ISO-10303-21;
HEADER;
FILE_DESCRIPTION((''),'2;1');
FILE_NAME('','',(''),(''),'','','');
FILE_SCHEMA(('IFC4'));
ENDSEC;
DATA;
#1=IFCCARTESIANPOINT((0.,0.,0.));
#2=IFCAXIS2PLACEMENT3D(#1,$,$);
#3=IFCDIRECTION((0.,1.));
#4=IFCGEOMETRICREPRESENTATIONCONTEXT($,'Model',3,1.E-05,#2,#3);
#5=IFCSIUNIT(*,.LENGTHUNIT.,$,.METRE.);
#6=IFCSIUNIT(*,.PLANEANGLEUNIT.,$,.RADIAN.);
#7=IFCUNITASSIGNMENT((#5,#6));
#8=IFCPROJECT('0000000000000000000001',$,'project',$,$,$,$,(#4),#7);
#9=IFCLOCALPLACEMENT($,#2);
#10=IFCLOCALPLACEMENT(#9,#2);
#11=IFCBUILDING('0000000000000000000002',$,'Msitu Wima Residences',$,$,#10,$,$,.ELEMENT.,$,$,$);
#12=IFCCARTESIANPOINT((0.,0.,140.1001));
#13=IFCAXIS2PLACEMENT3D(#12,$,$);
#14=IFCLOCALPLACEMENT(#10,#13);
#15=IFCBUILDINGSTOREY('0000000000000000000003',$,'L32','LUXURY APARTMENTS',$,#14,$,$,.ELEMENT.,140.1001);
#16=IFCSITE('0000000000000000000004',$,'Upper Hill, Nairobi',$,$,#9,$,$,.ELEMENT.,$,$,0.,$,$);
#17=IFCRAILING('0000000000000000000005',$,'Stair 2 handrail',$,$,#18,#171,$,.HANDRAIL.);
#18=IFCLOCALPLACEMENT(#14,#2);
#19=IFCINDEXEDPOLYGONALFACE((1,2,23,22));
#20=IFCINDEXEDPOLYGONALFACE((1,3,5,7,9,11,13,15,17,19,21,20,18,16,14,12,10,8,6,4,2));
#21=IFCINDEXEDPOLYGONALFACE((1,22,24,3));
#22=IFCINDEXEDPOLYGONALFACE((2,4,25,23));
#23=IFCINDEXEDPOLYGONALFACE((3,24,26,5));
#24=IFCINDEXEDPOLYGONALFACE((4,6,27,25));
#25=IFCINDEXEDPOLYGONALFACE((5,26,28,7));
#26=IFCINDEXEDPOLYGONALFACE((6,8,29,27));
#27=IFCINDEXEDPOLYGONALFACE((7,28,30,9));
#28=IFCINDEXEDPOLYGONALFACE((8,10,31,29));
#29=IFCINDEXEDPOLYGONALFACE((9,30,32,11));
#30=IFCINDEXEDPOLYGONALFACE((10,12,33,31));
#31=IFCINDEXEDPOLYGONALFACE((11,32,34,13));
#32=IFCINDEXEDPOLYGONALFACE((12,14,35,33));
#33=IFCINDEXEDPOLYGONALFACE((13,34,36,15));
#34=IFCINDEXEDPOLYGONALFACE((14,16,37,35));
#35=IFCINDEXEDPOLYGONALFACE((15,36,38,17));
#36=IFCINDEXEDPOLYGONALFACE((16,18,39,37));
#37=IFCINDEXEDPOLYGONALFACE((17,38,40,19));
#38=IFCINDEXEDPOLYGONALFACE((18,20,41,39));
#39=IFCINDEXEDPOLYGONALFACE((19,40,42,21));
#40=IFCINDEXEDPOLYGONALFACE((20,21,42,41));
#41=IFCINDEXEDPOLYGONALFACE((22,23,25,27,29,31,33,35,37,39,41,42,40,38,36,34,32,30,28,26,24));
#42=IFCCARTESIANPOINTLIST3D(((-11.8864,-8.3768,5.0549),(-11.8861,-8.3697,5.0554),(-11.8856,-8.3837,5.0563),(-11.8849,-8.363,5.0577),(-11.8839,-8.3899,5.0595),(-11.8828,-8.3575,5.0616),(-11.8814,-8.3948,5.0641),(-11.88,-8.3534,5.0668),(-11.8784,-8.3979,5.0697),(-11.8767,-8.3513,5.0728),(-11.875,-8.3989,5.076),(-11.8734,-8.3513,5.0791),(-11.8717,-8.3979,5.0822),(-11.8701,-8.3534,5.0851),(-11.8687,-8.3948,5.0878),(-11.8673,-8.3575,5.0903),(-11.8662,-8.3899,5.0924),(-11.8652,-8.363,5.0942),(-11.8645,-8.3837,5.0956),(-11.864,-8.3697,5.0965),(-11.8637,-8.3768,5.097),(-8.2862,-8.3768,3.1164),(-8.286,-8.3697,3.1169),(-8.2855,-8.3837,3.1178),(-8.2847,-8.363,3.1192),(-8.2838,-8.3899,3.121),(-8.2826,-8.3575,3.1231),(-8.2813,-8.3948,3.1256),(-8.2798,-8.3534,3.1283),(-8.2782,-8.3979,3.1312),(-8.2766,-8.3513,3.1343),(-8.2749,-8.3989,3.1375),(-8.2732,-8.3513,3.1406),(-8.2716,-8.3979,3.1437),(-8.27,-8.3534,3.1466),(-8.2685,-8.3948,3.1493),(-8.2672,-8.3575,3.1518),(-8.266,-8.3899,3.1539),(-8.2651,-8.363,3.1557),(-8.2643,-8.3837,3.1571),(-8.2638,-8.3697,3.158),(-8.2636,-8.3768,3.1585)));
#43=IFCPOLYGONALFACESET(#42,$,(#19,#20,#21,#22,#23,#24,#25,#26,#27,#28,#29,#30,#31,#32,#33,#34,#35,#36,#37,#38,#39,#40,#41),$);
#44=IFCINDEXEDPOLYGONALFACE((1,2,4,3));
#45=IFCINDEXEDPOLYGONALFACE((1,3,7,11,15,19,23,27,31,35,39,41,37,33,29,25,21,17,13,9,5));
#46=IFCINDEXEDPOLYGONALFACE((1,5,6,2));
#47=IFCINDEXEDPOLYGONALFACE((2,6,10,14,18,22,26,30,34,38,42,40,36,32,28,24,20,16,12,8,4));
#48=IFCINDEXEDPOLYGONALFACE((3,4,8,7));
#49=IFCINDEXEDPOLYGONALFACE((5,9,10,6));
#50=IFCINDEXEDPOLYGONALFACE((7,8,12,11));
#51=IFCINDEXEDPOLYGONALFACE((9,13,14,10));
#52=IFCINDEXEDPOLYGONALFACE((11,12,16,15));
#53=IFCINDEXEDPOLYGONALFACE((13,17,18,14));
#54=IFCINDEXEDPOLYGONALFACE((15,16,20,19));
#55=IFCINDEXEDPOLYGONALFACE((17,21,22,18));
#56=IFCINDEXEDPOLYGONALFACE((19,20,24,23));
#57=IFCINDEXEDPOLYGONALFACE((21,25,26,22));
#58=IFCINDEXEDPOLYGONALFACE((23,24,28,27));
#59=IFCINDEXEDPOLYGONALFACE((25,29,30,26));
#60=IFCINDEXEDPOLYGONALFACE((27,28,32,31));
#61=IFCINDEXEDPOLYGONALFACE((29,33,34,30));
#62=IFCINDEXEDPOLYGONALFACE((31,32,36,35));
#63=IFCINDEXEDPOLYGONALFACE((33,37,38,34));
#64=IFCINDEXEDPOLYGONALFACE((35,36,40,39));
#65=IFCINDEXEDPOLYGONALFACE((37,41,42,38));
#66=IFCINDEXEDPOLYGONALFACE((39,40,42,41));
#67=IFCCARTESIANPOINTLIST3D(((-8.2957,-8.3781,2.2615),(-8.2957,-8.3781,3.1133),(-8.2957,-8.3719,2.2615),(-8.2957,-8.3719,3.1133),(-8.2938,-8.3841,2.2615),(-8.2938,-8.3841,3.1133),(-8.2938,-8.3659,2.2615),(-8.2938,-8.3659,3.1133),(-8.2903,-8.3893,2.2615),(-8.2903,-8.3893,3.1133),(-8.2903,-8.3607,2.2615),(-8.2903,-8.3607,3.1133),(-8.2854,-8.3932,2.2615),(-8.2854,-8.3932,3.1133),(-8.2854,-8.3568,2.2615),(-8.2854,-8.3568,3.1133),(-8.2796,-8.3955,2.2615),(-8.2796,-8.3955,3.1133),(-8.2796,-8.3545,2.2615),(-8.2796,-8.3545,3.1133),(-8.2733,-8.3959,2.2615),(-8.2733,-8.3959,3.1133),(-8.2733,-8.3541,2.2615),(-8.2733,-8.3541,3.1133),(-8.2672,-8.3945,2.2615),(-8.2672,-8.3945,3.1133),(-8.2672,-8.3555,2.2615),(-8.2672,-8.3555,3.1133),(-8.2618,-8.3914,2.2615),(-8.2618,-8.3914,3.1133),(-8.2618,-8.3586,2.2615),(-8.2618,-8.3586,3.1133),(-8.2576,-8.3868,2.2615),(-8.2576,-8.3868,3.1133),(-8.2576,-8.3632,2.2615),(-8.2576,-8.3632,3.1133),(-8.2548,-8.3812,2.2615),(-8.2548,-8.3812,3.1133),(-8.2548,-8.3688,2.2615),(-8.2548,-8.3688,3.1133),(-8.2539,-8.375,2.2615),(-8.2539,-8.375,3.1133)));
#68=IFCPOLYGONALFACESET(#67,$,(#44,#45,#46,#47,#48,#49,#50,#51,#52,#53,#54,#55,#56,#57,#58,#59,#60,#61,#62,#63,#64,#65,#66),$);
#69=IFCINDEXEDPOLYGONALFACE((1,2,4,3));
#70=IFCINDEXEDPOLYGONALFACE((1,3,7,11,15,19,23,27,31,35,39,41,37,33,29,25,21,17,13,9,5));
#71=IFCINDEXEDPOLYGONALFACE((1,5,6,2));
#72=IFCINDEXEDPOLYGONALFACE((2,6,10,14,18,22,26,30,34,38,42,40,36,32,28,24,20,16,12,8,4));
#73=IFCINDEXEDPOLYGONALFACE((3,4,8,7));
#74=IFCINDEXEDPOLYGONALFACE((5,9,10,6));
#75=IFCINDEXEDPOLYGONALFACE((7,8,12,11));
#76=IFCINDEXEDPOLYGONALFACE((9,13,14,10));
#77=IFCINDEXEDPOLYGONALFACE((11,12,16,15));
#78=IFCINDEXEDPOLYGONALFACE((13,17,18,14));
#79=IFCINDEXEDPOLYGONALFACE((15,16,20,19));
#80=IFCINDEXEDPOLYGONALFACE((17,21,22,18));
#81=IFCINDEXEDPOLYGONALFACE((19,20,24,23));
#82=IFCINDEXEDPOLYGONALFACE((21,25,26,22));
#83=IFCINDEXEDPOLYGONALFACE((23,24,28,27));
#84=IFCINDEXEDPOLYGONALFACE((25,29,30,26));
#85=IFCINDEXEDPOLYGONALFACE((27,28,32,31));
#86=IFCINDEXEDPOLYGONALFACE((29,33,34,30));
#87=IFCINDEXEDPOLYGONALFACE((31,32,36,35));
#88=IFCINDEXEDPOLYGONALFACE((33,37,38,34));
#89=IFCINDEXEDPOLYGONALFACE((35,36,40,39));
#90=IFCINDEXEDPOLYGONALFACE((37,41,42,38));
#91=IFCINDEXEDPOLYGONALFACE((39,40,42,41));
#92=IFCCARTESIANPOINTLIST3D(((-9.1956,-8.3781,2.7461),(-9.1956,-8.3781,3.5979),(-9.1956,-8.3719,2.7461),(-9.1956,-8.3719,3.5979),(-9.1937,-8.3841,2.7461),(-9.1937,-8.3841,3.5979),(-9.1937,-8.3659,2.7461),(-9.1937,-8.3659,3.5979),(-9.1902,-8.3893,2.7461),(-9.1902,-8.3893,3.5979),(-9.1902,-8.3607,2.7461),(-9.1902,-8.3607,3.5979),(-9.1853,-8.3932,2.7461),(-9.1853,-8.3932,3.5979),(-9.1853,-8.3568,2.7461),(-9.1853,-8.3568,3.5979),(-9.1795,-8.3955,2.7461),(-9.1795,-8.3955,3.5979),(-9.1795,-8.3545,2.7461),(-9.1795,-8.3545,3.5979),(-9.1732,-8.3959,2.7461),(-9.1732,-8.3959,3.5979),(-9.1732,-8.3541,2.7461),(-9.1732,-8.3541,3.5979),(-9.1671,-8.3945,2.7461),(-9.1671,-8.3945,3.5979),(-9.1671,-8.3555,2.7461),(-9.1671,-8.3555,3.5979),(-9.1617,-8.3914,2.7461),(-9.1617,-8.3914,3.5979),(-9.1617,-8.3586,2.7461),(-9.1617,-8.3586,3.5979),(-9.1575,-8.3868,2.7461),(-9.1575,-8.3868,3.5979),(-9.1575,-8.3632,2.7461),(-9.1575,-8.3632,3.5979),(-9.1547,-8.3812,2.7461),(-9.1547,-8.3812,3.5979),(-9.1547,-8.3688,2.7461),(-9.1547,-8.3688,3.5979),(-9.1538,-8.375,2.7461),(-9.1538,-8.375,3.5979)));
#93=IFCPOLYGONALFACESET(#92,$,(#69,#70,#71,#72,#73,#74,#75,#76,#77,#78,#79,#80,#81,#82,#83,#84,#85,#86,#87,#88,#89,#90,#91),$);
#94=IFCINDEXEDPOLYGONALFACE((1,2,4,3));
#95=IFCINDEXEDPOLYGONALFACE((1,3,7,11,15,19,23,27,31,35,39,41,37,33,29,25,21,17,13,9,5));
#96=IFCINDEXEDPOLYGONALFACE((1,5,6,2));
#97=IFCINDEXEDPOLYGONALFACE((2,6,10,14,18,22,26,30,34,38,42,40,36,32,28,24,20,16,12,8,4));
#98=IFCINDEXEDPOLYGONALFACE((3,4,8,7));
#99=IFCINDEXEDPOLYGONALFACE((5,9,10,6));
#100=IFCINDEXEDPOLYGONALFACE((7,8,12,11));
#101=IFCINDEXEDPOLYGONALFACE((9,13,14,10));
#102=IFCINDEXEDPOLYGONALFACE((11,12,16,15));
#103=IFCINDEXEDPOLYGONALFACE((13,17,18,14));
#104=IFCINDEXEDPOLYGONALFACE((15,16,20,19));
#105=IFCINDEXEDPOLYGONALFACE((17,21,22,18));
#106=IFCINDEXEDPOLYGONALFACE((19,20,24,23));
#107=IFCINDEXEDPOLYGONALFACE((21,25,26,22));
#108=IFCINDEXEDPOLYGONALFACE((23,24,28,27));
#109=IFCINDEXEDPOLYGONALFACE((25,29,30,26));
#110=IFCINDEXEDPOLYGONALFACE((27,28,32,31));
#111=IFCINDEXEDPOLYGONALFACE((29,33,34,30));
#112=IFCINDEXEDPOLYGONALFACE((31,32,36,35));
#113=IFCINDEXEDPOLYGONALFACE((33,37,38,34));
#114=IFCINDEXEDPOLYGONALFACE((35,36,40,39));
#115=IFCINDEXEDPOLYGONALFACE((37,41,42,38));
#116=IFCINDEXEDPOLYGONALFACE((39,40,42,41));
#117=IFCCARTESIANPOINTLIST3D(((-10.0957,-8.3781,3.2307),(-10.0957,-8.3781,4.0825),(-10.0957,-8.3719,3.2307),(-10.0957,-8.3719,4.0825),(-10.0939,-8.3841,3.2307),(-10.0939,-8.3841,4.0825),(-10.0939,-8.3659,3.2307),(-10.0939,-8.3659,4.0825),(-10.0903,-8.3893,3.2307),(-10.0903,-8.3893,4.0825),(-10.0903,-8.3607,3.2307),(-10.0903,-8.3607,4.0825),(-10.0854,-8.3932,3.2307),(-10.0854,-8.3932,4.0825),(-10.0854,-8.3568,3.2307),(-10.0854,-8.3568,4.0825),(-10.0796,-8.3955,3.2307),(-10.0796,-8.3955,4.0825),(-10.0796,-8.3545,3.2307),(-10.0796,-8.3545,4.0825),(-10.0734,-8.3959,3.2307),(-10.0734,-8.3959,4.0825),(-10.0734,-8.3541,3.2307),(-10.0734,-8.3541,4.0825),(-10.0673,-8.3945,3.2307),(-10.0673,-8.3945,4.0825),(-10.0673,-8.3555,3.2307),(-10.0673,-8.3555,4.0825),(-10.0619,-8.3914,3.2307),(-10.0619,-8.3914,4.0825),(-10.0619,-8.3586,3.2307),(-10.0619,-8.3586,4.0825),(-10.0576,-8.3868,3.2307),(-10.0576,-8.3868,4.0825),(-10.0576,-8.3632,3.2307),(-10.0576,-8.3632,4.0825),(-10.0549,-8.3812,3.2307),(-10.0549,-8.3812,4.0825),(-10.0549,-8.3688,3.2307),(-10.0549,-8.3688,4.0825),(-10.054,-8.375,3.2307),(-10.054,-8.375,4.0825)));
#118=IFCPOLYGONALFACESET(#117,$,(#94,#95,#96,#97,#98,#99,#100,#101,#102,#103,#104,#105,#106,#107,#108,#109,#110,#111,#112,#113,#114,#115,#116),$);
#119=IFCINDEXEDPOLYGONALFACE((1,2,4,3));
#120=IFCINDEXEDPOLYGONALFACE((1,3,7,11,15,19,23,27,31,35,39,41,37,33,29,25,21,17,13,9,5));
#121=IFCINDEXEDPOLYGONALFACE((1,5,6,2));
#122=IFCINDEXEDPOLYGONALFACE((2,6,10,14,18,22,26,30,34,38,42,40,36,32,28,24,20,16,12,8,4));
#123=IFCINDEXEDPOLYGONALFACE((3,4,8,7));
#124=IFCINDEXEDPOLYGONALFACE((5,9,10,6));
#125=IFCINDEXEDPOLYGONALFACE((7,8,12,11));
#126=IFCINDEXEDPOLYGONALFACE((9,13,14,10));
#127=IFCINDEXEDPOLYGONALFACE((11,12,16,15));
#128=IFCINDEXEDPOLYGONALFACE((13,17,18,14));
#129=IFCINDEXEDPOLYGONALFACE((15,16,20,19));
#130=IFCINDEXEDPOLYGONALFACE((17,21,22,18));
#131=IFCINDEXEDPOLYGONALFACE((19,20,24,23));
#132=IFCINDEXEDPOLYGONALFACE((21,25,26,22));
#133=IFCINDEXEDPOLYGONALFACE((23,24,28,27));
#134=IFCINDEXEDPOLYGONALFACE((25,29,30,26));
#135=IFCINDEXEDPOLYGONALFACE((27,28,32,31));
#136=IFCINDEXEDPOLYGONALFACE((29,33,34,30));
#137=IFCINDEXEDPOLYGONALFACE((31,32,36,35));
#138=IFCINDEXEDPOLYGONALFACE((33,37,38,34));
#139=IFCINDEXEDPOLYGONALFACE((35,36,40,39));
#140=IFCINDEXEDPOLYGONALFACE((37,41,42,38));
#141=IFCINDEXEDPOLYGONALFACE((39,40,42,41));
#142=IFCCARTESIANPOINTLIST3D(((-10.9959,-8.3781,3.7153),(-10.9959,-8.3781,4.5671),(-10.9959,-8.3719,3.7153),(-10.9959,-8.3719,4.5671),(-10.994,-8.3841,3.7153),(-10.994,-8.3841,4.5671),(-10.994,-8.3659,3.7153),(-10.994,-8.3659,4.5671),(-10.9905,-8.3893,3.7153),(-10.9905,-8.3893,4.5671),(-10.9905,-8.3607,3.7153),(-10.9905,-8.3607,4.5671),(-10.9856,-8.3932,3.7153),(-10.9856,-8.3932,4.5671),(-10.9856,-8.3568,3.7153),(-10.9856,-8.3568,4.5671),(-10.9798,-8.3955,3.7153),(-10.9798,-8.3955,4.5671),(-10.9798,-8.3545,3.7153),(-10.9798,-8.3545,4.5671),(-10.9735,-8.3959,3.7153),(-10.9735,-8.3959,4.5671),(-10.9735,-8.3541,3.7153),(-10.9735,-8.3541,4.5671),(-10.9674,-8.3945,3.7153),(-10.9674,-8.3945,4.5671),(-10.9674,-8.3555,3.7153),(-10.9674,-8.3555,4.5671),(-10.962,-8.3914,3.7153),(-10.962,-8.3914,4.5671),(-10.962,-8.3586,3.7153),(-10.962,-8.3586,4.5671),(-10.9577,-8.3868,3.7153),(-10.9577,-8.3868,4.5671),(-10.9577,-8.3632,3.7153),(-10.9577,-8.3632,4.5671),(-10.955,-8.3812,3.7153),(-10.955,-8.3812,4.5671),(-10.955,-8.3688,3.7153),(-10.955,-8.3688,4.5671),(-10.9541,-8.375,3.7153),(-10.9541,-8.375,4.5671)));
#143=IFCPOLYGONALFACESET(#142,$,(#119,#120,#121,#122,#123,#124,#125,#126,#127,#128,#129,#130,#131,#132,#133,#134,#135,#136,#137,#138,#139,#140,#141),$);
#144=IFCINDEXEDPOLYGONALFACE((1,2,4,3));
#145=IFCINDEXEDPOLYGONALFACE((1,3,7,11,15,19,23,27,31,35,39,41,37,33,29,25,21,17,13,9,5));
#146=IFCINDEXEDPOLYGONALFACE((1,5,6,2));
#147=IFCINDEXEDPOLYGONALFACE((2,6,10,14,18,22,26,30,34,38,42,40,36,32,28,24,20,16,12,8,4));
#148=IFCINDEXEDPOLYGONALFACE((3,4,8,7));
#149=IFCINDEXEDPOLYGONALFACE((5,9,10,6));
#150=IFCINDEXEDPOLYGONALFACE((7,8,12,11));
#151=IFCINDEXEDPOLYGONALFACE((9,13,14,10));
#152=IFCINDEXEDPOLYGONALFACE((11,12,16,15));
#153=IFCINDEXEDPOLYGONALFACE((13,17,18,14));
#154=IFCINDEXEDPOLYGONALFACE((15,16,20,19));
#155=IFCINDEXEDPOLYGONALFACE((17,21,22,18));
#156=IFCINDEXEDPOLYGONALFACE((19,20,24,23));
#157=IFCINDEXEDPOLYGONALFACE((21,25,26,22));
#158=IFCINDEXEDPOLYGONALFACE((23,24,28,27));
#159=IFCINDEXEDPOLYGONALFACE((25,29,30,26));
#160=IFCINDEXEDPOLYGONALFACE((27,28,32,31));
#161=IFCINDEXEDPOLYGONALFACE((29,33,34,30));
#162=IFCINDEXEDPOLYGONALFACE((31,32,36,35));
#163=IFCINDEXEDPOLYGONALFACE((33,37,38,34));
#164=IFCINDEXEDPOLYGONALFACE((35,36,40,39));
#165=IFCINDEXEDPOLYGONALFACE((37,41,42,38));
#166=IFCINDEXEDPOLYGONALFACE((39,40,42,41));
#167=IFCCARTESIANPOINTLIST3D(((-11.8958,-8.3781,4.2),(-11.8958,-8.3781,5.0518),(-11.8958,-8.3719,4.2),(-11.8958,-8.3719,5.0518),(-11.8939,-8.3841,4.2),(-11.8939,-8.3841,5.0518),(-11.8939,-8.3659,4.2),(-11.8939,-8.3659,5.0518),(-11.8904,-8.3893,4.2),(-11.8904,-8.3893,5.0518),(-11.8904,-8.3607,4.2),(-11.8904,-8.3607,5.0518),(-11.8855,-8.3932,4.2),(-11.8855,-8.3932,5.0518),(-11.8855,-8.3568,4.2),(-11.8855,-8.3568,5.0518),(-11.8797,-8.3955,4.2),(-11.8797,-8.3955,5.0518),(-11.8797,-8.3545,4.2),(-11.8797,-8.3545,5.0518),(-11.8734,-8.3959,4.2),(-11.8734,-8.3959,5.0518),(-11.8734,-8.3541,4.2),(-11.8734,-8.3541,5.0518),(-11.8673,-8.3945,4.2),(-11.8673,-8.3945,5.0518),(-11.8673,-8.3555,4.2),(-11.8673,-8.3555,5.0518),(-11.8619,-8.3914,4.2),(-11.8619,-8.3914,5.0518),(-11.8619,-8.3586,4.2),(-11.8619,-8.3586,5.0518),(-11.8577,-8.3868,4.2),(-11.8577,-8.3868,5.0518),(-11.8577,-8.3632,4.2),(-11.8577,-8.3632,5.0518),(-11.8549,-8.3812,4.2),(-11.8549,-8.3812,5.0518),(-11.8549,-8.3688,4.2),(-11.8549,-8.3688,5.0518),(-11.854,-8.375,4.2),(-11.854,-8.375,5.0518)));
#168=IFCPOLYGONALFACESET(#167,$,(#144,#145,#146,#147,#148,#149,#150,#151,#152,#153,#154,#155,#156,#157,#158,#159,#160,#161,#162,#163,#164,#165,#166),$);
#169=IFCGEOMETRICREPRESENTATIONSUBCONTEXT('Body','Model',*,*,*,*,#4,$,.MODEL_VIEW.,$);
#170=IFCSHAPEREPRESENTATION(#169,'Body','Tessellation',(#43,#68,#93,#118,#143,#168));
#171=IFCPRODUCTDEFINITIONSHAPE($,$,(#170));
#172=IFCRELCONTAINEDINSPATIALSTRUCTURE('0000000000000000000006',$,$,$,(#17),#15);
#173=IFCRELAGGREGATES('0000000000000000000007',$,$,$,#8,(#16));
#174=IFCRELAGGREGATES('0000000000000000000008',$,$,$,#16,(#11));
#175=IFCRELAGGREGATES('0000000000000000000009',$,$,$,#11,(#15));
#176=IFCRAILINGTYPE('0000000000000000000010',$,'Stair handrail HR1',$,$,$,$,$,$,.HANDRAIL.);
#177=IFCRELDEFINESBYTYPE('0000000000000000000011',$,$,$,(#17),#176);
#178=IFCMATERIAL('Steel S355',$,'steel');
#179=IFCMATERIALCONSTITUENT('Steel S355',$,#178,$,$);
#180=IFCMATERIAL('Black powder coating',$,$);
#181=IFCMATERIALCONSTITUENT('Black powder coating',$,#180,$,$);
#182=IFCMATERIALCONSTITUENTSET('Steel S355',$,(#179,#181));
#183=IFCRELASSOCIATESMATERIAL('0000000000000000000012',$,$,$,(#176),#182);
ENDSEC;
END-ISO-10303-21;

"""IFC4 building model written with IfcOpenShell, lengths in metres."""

from ifc_helpers import new_model, si_unit, direction, frame, origin, origin_2d, place, context, subcontext, project, spatial, circle, extrude, material, constituent, constituent_set, type_object, element, save


model = new_model("IFC4")

# Units and contexts
model_context = context("Model", 3, precision=1e-05, world=origin(), true_north=direction((0.0, 1.0)))
body_context = subcontext(model_context, "Body", "Model", "MODEL_VIEW")
ifc_project = project(units=[si_unit("LENGTHUNIT", "METRE"), si_unit("PLANEANGLEUNIT", "RADIAN")], contexts=[model_context])

# Site, building, storey
site_placement = place(None, origin())
site = spatial("IfcSite", under=ifc_project, at=site_placement, Name="Upper Hill, Nairobi", CompositionType="ELEMENT", RefElevation=0.0)
building_placement = place(site_placement, origin())
building = spatial("IfcBuilding", under=site, at=building_placement, Name="Msitu Wima Residences", CompositionType="ELEMENT")
storey_placement = place(building_placement, frame((0.0, 0.0, 140.1001)))
storey = spatial("IfcBuildingStorey", under=building, at=storey_placement, Name="L32", Description="LUXURY APARTMENTS", CompositionType="ELEMENT", Elevation=140.1001)

# Railing
ifc_material_1 = material(Name="Steel S355", Category="steel")
ifc_constituent_1 = constituent(ifc_material_1, Name="Steel S355")
ifc_material_2 = material(Name="Black powder coating")
ifc_constituent_2 = constituent(ifc_material_2, Name="Black powder coating")
ifc_constituent_set = constituent_set(constituents=[ifc_constituent_1, ifc_constituent_2], Name="Steel S355")
railing_type = type_object("IfcRailingType", Name="Stair handrail HR1", PredefinedType="HANDRAIL", material=ifc_constituent_set)
for number, where, name in (
    (1, (-8.2749, -8.375, 2.2615), "Stair 2 handrail"),
):
    element("IfcRailing", number, at=place(storey_placement, frame(where)), inside=storey, type_object=railing_type, Name=name, PredefinedType="HANDRAIL", context=body_context, shape_type="SweptSolid", body=[
        extrude(circle(Radius=0.0239, at=origin_2d()), frame((0.0, 0.0, 0.876), z_axis=(-0.880475, 0.0, 0.474093), x_axis=(0.0, -1.0, 0.0)), (0.0, 0.0, 1.0), 4.0889),
        extrude(circle(Radius=0.021, at=origin_2d()), origin(), (0.0, 0.0, 1.0), 0.8518),
        extrude(circle(Radius=0.021, at=origin_2d()), frame((-0.8999, 0.0, 0.4846)), (0.0, 0.0, 1.0), 0.8518),
        extrude(circle(Radius=0.021, at=origin_2d()), frame((-1.8, 0.0, 0.9692)), (0.0, 0.0, 1.0), 0.8518),
        extrude(circle(Radius=0.021, at=origin_2d()), frame((-2.7002, 0.0, 1.4539)), (0.0, 0.0, 1.0), 0.8518),
        extrude(circle(Radius=0.021, at=origin_2d()), frame((-3.6001, 0.0, 1.9385)), (0.0, 0.0, 1.0), 0.8518),
    ])

save(model, "model.ifc")
